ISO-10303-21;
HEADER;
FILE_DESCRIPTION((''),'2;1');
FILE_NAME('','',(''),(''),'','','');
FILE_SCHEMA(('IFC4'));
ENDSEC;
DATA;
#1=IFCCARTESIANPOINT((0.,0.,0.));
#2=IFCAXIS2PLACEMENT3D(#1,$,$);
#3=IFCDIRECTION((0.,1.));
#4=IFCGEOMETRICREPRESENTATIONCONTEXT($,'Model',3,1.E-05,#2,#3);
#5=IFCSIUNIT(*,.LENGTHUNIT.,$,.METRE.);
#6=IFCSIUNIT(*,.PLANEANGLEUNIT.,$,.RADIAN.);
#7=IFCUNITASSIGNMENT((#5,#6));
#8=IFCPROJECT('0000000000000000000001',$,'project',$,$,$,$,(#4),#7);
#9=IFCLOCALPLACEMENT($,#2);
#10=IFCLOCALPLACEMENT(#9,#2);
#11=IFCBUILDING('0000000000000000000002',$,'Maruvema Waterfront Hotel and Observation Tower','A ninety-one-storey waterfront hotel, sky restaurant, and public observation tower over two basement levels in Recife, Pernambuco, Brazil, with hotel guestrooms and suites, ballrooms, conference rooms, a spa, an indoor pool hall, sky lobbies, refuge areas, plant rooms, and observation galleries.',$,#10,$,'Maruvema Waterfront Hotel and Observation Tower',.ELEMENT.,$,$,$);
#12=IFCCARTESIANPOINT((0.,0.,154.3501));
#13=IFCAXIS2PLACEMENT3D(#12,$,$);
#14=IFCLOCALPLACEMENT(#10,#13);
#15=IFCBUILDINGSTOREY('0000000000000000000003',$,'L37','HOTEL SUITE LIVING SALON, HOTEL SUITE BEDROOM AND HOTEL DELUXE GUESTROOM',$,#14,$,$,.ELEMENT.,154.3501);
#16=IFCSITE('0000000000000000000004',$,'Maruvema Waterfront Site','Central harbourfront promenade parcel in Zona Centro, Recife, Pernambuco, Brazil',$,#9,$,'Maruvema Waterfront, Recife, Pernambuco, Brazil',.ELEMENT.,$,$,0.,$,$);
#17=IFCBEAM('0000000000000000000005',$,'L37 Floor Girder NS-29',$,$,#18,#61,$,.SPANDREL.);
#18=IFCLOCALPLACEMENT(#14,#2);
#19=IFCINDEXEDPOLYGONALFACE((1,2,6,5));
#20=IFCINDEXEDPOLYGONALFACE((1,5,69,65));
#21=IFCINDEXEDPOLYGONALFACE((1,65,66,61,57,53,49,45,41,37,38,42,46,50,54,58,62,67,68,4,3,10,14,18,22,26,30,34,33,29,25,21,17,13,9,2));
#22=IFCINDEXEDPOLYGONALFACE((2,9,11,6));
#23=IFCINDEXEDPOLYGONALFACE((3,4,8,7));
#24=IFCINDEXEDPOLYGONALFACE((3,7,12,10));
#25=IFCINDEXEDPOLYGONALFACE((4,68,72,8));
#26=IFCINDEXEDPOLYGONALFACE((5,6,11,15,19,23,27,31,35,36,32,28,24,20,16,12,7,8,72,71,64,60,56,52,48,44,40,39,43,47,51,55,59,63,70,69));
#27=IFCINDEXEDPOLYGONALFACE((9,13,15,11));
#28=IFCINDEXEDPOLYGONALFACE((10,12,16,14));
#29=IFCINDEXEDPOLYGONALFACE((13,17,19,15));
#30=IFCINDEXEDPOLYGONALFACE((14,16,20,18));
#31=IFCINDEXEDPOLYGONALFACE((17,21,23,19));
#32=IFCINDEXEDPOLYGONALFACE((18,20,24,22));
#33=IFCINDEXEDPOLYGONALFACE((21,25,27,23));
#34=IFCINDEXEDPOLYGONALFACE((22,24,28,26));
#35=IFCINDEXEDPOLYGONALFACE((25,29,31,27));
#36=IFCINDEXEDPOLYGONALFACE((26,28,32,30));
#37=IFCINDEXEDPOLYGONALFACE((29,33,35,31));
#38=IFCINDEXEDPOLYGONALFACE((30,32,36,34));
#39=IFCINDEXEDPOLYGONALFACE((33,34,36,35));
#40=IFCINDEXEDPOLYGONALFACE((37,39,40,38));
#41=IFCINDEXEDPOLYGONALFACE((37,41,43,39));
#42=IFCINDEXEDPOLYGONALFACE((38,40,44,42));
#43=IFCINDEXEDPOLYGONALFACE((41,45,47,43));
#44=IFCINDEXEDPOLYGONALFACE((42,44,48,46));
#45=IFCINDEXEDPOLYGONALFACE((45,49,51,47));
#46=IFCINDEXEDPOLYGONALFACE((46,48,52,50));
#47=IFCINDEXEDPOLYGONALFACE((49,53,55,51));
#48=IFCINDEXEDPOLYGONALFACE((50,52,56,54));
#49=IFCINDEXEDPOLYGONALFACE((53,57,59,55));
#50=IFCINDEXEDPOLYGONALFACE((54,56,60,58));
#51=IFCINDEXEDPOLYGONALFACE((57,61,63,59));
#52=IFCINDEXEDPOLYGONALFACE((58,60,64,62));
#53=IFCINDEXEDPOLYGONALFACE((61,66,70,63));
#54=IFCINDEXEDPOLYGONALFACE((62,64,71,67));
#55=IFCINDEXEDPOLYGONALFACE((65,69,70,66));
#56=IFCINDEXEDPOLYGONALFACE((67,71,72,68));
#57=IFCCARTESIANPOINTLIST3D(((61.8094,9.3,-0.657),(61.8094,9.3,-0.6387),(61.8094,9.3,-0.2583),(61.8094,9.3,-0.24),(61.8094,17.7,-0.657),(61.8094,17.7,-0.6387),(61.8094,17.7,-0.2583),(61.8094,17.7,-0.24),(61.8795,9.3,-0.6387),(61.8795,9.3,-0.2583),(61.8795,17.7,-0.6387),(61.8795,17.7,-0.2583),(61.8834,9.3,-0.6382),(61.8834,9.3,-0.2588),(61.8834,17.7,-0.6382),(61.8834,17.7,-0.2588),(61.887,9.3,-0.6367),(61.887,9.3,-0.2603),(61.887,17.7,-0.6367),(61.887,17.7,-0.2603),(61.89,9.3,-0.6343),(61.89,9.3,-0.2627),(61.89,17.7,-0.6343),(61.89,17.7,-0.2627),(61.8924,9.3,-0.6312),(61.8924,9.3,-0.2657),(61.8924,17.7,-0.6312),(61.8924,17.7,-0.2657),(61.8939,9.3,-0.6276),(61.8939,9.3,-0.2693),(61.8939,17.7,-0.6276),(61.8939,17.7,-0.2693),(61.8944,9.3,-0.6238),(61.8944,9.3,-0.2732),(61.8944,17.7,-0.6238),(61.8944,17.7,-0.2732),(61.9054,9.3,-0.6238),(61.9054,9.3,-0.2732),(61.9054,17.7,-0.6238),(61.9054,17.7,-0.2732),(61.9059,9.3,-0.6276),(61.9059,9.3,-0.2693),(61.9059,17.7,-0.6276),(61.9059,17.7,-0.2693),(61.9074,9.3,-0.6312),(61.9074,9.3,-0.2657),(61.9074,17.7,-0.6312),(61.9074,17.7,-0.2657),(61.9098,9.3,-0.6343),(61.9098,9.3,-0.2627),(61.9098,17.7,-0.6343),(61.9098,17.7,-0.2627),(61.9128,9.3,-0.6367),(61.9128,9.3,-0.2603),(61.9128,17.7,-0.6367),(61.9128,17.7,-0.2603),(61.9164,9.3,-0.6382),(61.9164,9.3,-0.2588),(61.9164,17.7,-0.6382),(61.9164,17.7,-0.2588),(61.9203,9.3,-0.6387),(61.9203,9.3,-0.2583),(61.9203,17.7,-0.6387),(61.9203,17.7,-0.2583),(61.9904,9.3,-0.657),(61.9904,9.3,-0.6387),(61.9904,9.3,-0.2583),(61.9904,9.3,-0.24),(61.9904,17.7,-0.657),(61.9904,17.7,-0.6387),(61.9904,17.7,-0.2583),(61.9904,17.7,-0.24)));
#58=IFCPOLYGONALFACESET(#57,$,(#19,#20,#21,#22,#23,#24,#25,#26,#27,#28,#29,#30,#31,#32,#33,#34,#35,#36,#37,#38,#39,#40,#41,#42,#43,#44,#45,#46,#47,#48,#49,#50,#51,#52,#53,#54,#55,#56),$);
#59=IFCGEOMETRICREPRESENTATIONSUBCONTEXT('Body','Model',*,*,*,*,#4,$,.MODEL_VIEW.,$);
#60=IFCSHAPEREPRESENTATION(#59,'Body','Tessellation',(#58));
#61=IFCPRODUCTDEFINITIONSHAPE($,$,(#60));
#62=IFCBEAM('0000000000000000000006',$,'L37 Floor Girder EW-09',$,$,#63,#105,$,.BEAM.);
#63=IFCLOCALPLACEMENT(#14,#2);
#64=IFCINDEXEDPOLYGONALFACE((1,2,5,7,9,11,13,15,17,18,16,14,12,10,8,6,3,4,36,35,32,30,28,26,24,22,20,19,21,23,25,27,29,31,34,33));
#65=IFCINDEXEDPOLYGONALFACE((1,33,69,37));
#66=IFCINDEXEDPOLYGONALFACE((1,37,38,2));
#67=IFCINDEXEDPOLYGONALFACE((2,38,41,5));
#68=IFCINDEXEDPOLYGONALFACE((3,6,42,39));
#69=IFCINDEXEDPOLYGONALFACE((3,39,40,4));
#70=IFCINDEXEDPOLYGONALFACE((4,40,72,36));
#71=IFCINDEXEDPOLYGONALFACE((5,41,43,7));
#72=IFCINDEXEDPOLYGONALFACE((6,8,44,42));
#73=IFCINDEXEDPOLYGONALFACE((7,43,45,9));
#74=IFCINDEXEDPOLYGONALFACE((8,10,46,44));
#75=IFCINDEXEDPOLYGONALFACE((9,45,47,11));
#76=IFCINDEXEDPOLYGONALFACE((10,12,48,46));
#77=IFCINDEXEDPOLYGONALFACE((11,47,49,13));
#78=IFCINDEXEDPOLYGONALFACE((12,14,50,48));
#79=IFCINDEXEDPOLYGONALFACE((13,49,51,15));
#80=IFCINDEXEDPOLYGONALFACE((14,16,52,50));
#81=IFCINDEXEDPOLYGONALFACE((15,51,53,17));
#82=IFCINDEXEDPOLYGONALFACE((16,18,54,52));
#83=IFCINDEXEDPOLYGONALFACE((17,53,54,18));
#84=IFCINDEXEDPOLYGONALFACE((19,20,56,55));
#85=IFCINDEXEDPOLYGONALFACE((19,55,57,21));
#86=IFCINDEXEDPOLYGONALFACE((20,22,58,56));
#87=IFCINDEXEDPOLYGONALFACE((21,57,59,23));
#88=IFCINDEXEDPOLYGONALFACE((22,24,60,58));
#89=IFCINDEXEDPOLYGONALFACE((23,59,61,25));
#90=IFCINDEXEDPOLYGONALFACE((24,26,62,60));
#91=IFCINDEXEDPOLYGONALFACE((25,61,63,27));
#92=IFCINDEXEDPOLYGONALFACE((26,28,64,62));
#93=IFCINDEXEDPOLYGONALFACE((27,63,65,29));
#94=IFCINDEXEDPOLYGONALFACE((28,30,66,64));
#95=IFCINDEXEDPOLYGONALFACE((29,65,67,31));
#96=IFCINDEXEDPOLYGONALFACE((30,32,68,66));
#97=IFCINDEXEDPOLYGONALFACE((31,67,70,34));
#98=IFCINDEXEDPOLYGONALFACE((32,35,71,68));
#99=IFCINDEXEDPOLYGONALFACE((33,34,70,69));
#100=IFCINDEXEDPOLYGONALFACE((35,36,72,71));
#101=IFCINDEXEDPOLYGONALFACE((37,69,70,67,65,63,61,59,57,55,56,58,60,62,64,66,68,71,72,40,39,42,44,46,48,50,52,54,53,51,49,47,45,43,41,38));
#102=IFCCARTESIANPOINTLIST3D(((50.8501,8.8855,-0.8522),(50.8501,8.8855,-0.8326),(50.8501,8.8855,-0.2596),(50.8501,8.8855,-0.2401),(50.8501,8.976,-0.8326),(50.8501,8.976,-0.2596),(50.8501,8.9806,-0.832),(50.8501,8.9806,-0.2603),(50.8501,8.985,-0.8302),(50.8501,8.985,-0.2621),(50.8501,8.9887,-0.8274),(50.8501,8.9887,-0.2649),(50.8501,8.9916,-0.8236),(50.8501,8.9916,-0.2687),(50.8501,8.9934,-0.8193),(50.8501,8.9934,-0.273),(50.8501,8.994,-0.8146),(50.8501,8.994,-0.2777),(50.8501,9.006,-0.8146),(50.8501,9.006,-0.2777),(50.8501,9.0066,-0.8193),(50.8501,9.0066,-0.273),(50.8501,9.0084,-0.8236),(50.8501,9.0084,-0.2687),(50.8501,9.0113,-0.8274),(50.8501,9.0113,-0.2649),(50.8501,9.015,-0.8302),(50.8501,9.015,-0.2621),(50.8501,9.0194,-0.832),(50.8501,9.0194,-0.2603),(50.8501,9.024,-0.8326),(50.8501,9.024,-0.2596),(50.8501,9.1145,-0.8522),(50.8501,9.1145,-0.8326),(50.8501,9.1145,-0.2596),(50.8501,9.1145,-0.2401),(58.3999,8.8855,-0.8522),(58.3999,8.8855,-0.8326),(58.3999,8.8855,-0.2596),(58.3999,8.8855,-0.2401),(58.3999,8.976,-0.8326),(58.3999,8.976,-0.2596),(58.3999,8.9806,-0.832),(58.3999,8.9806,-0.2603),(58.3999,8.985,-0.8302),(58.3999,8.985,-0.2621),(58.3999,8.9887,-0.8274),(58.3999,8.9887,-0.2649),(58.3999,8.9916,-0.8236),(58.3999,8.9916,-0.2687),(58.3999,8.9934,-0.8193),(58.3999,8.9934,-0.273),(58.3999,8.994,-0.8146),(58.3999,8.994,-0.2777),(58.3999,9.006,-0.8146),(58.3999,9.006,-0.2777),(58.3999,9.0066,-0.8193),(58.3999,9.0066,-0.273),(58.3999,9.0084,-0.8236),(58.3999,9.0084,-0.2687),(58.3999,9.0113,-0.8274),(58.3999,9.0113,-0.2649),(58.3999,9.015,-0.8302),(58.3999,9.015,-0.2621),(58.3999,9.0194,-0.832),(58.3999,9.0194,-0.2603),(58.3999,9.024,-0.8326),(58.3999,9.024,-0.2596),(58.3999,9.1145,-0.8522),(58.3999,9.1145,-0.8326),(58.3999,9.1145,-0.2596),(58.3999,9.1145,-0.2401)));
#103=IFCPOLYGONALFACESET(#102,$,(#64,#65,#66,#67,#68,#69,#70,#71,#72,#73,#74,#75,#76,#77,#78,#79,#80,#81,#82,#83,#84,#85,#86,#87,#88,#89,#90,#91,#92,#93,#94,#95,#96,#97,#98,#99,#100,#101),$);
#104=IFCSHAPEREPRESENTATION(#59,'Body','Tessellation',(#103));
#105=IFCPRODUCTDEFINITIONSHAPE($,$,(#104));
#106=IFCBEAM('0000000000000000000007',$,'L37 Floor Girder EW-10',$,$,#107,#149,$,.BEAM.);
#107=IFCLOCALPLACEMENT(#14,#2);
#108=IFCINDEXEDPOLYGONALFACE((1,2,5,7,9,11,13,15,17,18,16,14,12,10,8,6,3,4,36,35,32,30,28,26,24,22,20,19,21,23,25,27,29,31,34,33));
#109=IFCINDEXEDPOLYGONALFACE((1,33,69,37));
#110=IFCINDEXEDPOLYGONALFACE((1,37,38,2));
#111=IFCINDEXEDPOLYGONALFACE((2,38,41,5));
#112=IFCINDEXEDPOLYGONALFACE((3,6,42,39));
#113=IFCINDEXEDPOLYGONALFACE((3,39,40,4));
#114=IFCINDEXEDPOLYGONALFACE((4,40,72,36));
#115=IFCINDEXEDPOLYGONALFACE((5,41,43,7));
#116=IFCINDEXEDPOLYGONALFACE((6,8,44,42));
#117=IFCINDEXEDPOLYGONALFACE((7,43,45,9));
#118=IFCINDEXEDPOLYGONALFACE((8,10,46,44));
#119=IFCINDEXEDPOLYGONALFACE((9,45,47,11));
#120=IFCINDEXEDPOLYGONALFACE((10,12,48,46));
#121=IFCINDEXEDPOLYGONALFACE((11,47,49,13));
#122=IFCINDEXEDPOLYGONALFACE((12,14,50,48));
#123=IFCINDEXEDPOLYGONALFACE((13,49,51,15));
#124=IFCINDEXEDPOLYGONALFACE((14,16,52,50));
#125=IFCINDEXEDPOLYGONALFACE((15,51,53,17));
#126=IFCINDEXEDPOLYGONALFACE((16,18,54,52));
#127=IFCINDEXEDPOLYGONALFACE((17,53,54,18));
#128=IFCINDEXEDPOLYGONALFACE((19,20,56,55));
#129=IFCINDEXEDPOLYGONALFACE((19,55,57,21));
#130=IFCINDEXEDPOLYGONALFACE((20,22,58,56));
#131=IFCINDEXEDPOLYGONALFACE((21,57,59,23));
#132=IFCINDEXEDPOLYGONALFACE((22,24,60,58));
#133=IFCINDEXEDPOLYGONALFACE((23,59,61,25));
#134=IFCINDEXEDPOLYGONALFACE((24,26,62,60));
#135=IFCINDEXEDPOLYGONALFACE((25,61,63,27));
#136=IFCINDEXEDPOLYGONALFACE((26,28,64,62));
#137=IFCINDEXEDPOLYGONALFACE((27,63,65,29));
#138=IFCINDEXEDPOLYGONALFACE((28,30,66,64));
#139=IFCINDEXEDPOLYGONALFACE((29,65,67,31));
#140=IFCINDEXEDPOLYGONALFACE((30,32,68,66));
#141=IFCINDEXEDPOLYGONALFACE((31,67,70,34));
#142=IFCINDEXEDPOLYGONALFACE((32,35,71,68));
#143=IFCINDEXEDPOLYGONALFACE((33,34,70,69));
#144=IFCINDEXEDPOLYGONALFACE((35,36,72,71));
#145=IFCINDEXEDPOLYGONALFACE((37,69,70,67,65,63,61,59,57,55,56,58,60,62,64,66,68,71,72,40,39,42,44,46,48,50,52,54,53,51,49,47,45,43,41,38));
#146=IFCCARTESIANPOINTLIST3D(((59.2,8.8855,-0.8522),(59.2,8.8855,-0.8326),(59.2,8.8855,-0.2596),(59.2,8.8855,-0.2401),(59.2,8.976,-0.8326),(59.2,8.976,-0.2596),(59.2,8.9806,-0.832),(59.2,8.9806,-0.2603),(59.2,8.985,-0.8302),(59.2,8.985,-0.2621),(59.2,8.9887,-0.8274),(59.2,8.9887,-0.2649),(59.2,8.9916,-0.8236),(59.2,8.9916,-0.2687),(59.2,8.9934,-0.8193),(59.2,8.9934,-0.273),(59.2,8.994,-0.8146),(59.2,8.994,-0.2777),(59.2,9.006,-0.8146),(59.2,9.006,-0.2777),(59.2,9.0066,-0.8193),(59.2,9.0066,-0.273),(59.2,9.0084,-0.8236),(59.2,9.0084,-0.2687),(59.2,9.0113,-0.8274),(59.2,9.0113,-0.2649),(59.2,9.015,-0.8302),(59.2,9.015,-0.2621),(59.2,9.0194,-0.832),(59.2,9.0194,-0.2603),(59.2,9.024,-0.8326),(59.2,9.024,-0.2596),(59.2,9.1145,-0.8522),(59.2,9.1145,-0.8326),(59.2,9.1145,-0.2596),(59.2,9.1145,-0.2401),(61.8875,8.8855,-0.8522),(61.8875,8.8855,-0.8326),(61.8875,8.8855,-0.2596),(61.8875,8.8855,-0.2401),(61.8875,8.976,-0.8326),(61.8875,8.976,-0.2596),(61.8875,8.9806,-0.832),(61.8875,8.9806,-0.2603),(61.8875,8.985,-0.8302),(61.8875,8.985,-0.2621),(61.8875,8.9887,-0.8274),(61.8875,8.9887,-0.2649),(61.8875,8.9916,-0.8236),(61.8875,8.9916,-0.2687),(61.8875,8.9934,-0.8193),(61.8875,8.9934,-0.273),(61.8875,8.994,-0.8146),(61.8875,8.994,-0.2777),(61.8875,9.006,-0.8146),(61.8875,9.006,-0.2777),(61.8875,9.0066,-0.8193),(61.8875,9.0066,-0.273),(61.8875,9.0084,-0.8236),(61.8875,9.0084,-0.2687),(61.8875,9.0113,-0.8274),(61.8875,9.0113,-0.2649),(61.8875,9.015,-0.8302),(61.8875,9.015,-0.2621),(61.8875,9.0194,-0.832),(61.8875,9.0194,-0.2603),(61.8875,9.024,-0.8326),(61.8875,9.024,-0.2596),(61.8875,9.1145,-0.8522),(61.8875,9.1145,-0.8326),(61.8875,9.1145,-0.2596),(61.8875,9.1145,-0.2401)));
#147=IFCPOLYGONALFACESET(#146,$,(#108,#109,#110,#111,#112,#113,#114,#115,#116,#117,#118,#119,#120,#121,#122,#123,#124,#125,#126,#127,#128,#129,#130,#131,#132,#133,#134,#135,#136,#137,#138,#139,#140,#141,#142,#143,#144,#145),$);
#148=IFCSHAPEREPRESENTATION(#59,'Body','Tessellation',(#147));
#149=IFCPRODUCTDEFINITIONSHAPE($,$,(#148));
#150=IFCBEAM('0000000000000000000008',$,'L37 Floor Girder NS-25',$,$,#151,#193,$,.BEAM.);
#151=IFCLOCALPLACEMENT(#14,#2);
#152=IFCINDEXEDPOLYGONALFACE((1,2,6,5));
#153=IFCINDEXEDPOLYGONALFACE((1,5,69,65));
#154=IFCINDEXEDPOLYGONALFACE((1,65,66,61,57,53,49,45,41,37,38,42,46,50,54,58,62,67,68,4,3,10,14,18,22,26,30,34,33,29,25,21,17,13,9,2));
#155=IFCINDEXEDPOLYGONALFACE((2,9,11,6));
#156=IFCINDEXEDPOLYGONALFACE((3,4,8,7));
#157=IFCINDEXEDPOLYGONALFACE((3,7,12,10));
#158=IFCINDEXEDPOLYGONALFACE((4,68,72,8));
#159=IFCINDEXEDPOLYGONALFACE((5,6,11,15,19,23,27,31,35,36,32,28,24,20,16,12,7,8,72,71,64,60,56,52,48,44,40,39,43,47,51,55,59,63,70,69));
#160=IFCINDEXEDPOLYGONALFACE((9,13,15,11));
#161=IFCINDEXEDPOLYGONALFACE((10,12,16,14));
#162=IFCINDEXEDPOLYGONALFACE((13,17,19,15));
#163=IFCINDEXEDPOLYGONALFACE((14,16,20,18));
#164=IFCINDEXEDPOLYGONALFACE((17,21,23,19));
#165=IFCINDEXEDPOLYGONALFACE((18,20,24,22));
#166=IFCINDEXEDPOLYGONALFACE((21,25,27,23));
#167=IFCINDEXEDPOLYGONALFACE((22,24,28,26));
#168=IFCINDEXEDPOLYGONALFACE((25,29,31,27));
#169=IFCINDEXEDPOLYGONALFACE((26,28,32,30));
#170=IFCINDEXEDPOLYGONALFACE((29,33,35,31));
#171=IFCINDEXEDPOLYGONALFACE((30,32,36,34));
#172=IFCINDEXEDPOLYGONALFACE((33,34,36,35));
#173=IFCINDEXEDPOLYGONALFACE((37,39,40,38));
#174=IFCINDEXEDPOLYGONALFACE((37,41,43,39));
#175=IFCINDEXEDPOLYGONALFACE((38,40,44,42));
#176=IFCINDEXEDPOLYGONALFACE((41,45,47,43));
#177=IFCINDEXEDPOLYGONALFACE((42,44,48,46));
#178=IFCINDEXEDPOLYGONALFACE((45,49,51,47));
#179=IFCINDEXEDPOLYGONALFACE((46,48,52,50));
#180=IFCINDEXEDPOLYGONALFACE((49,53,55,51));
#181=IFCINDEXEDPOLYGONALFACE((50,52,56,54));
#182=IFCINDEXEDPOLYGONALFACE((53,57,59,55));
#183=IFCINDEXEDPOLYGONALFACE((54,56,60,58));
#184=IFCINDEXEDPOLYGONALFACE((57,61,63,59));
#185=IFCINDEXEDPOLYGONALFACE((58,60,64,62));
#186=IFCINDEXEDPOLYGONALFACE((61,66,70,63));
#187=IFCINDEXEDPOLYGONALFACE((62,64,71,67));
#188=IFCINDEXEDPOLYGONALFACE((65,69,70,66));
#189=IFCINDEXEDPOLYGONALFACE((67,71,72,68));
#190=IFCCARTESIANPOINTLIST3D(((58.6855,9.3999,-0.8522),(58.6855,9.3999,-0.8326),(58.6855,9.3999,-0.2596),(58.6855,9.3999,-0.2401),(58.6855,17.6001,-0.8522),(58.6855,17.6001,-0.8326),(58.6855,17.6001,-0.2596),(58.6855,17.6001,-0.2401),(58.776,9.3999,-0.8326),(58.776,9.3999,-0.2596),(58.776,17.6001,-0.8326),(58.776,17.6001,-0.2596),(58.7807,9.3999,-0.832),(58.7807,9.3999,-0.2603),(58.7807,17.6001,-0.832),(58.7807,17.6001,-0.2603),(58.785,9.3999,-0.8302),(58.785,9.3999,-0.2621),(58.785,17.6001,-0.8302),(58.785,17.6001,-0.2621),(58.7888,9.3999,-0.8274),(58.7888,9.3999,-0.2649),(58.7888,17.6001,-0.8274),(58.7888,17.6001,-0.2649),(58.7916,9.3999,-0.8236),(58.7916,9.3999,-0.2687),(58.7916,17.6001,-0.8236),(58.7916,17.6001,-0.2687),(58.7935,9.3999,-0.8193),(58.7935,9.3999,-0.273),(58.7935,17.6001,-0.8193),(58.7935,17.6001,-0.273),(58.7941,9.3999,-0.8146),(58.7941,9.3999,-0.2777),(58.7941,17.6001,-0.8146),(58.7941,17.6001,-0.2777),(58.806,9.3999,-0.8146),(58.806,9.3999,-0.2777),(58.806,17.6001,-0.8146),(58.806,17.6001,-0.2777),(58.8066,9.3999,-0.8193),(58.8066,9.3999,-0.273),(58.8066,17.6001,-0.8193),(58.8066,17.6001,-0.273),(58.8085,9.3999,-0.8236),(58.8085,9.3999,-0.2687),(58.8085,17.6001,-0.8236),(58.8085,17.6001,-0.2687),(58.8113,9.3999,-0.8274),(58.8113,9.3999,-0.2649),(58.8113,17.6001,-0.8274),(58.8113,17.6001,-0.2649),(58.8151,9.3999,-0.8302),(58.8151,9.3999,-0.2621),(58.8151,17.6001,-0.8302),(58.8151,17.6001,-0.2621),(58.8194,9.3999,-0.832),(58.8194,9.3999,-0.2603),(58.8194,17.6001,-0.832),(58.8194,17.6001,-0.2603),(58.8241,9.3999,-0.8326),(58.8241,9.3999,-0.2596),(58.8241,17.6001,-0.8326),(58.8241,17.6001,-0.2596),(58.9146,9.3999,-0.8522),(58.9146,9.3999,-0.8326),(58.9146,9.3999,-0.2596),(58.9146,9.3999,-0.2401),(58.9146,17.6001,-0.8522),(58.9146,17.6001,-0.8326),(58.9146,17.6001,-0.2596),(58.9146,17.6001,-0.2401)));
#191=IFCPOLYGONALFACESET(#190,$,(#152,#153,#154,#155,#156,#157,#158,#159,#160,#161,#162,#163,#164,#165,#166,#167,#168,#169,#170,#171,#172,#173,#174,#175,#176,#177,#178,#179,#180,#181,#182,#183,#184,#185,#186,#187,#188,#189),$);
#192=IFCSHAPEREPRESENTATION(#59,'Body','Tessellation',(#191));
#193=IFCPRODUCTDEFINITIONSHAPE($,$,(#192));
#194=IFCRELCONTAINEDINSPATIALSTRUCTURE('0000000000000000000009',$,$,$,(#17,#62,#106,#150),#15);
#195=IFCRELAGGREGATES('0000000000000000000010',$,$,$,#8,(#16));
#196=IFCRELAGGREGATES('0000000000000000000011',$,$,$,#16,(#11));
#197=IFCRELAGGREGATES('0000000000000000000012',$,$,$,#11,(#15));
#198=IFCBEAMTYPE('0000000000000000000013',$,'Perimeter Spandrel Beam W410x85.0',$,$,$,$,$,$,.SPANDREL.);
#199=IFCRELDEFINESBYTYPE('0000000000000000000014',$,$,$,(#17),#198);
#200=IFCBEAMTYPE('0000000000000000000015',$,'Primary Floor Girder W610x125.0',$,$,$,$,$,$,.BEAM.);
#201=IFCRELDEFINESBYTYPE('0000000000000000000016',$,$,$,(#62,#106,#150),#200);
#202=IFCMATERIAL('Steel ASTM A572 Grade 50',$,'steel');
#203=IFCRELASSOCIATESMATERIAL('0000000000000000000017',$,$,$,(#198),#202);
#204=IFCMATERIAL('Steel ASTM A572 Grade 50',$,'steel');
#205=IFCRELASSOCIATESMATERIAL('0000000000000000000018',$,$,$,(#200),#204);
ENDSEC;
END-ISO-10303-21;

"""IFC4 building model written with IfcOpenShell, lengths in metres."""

from ifc_helpers import new_model, si_unit, direction, frame, origin, origin_2d, place, context, subcontext, project, spatial, i_section, extrude, material, material_profile, profile_set, type_object, element, save


model = new_model("IFC4")

# Units and contexts
model_context = context("Model", 3, precision=1e-05, world=origin(), true_north=direction((0.0, 1.0)))
body_context = subcontext(model_context, "Body", "Model", "MODEL_VIEW")
ifc_project = project(units=[si_unit("LENGTHUNIT", "METRE"), si_unit("PLANEANGLEUNIT", "RADIAN")], contexts=[model_context])

# Site, building, storey
site_placement = place(None, origin())
site = spatial("IfcSite", under=ifc_project, at=site_placement, Name="Maruvema Waterfront Site", Description="Central harbourfront promenade parcel in Zona Centro, Recife, Pernambuco, Brazil", LongName="Maruvema Waterfront, Recife, Pernambuco, Brazil", CompositionType="ELEMENT", RefElevation=0.0)
building_placement = place(site_placement, origin())
building = spatial("IfcBuilding", under=site, at=building_placement, Name="Maruvema Waterfront Hotel and Observation Tower", Description="A ninety-one-storey waterfront hotel, sky restaurant, and public observation tower over two basement levels in Recife, Pernambuco, Brazil, with hotel guestrooms and suites, ballrooms, conference rooms, a spa, an indoor pool hall, sky lobbies, refuge areas, plant rooms, and observation galleries.", LongName="Maruvema Waterfront Hotel and Observation Tower", CompositionType="ELEMENT")
storey_placement = place(building_placement, frame((0.0, 0.0, 154.3501)))
storey = spatial("IfcBuildingStorey", under=building, at=storey_placement, Name="L37", Description="HOTEL SUITE LIVING SALON, HOTEL SUITE BEDROOM AND HOTEL DELUXE GUESTROOM", CompositionType="ELEMENT", Elevation=154.3501)

# Beams
ifc_material_1 = material(Name="Steel ASTM A572 Grade 50", Category="steel")
ifc_material_profile_1 = material_profile(ifc_material_1, i_section(OverallWidth=0.1809, OverallDepth=0.417, WebThickness=0.011, FlangeThickness=0.0183, FilletRadius=0.0149, at=origin_2d()), Name="W410x85.0")
ifc_profile_set_1 = profile_set([ifc_material_profile_1], Name="Steel ASTM A572 Grade 50")
beam_type_1 = type_object("IfcBeamType", Name="Perimeter Spandrel Beam W410x85.0", PredefinedType="SPANDREL", material=ifc_profile_set_1)
beam_1_placement = place(storey_placement, frame((61.8999, 9.3, -0.4485), z_axis=(0.0, 1.0, 0.0), x_axis=(-1.0, 0.0, 0.0)))
element("IfcBeam", 1, at=beam_1_placement, inside=storey, type_object=beam_type_1, Name="L37 Floor Girder NS-29", PredefinedType="SPANDREL", context=body_context, shape_type="SweptSolid", body=[
    extrude(i_section(OverallWidth=0.1809, OverallDepth=0.417, WebThickness=0.011, FlangeThickness=0.0183, FilletRadius=0.0149, at=origin_2d()), origin(), (0.0, 0.0, 1.0), 8.3999),
])
ifc_material_2 = material(Name="Steel ASTM A572 Grade 50", Category="steel")
ifc_material_profile_2 = material_profile(ifc_material_2, i_section(OverallWidth=0.229, OverallDepth=0.6121, WebThickness=0.012, FlangeThickness=0.0195, FilletRadius=0.0181, at=origin_2d()), Name="W610x125.0")
ifc_profile_set_2 = profile_set([ifc_material_profile_2], Name="Steel ASTM A572 Grade 50")
beam_type_2 = type_object("IfcBeamType", Name="Primary Floor Girder W610x125.0", PredefinedType="BEAM", material=ifc_profile_set_2)
beam_2_placement = place(storey_placement, frame((50.8501, 9.0, -0.5461), z_axis=(1.0, 0.0, 0.0), x_axis=(0.0, 1.0, 0.0)))
element("IfcBeam", 2, at=beam_2_placement, inside=storey, type_object=beam_type_2, Name="L37 Floor Girder EW-09", PredefinedType="BEAM", context=body_context, shape_type="SweptSolid", body=[
    extrude(i_section(OverallWidth=0.229, OverallDepth=0.6121, WebThickness=0.012, FlangeThickness=0.0195, FilletRadius=0.0181, at=origin_2d()), origin(), (0.0, 0.0, 1.0), 7.5498),
])
beam_3_placement = place(storey_placement, frame((59.2, 9.0, -0.5461), z_axis=(1.0, 0.0, 0.0), x_axis=(0.0, 1.0, 0.0)))
element("IfcBeam", 3, at=beam_3_placement, inside=storey, type_object=beam_type_2, Name="L37 Floor Girder EW-10", PredefinedType="BEAM", context=body_context, shape_type="SweptSolid", body=[
    extrude(i_section(OverallWidth=0.229, OverallDepth=0.6121, WebThickness=0.012, FlangeThickness=0.0195, FilletRadius=0.0181, at=origin_2d()), origin(), (0.0, 0.0, 1.0), 2.6875),
])
beam_4_placement = place(storey_placement, frame((58.8, 9.3999, -0.5461), z_axis=(0.0, 1.0, 0.0), x_axis=(-1.0, 0.0, 0.0)))
element("IfcBeam", 4, at=beam_4_placement, inside=storey, type_object=beam_type_2, Name="L37 Floor Girder NS-25", PredefinedType="BEAM", context=body_context, shape_type="SweptSolid", body=[
    extrude(i_section(OverallWidth=0.229, OverallDepth=0.6121, WebThickness=0.012, FlangeThickness=0.0195, FilletRadius=0.0181, at=origin_2d()), origin(), (0.0, 0.0, 1.0), 8.2002),
])

save(model, "model.ifc")
